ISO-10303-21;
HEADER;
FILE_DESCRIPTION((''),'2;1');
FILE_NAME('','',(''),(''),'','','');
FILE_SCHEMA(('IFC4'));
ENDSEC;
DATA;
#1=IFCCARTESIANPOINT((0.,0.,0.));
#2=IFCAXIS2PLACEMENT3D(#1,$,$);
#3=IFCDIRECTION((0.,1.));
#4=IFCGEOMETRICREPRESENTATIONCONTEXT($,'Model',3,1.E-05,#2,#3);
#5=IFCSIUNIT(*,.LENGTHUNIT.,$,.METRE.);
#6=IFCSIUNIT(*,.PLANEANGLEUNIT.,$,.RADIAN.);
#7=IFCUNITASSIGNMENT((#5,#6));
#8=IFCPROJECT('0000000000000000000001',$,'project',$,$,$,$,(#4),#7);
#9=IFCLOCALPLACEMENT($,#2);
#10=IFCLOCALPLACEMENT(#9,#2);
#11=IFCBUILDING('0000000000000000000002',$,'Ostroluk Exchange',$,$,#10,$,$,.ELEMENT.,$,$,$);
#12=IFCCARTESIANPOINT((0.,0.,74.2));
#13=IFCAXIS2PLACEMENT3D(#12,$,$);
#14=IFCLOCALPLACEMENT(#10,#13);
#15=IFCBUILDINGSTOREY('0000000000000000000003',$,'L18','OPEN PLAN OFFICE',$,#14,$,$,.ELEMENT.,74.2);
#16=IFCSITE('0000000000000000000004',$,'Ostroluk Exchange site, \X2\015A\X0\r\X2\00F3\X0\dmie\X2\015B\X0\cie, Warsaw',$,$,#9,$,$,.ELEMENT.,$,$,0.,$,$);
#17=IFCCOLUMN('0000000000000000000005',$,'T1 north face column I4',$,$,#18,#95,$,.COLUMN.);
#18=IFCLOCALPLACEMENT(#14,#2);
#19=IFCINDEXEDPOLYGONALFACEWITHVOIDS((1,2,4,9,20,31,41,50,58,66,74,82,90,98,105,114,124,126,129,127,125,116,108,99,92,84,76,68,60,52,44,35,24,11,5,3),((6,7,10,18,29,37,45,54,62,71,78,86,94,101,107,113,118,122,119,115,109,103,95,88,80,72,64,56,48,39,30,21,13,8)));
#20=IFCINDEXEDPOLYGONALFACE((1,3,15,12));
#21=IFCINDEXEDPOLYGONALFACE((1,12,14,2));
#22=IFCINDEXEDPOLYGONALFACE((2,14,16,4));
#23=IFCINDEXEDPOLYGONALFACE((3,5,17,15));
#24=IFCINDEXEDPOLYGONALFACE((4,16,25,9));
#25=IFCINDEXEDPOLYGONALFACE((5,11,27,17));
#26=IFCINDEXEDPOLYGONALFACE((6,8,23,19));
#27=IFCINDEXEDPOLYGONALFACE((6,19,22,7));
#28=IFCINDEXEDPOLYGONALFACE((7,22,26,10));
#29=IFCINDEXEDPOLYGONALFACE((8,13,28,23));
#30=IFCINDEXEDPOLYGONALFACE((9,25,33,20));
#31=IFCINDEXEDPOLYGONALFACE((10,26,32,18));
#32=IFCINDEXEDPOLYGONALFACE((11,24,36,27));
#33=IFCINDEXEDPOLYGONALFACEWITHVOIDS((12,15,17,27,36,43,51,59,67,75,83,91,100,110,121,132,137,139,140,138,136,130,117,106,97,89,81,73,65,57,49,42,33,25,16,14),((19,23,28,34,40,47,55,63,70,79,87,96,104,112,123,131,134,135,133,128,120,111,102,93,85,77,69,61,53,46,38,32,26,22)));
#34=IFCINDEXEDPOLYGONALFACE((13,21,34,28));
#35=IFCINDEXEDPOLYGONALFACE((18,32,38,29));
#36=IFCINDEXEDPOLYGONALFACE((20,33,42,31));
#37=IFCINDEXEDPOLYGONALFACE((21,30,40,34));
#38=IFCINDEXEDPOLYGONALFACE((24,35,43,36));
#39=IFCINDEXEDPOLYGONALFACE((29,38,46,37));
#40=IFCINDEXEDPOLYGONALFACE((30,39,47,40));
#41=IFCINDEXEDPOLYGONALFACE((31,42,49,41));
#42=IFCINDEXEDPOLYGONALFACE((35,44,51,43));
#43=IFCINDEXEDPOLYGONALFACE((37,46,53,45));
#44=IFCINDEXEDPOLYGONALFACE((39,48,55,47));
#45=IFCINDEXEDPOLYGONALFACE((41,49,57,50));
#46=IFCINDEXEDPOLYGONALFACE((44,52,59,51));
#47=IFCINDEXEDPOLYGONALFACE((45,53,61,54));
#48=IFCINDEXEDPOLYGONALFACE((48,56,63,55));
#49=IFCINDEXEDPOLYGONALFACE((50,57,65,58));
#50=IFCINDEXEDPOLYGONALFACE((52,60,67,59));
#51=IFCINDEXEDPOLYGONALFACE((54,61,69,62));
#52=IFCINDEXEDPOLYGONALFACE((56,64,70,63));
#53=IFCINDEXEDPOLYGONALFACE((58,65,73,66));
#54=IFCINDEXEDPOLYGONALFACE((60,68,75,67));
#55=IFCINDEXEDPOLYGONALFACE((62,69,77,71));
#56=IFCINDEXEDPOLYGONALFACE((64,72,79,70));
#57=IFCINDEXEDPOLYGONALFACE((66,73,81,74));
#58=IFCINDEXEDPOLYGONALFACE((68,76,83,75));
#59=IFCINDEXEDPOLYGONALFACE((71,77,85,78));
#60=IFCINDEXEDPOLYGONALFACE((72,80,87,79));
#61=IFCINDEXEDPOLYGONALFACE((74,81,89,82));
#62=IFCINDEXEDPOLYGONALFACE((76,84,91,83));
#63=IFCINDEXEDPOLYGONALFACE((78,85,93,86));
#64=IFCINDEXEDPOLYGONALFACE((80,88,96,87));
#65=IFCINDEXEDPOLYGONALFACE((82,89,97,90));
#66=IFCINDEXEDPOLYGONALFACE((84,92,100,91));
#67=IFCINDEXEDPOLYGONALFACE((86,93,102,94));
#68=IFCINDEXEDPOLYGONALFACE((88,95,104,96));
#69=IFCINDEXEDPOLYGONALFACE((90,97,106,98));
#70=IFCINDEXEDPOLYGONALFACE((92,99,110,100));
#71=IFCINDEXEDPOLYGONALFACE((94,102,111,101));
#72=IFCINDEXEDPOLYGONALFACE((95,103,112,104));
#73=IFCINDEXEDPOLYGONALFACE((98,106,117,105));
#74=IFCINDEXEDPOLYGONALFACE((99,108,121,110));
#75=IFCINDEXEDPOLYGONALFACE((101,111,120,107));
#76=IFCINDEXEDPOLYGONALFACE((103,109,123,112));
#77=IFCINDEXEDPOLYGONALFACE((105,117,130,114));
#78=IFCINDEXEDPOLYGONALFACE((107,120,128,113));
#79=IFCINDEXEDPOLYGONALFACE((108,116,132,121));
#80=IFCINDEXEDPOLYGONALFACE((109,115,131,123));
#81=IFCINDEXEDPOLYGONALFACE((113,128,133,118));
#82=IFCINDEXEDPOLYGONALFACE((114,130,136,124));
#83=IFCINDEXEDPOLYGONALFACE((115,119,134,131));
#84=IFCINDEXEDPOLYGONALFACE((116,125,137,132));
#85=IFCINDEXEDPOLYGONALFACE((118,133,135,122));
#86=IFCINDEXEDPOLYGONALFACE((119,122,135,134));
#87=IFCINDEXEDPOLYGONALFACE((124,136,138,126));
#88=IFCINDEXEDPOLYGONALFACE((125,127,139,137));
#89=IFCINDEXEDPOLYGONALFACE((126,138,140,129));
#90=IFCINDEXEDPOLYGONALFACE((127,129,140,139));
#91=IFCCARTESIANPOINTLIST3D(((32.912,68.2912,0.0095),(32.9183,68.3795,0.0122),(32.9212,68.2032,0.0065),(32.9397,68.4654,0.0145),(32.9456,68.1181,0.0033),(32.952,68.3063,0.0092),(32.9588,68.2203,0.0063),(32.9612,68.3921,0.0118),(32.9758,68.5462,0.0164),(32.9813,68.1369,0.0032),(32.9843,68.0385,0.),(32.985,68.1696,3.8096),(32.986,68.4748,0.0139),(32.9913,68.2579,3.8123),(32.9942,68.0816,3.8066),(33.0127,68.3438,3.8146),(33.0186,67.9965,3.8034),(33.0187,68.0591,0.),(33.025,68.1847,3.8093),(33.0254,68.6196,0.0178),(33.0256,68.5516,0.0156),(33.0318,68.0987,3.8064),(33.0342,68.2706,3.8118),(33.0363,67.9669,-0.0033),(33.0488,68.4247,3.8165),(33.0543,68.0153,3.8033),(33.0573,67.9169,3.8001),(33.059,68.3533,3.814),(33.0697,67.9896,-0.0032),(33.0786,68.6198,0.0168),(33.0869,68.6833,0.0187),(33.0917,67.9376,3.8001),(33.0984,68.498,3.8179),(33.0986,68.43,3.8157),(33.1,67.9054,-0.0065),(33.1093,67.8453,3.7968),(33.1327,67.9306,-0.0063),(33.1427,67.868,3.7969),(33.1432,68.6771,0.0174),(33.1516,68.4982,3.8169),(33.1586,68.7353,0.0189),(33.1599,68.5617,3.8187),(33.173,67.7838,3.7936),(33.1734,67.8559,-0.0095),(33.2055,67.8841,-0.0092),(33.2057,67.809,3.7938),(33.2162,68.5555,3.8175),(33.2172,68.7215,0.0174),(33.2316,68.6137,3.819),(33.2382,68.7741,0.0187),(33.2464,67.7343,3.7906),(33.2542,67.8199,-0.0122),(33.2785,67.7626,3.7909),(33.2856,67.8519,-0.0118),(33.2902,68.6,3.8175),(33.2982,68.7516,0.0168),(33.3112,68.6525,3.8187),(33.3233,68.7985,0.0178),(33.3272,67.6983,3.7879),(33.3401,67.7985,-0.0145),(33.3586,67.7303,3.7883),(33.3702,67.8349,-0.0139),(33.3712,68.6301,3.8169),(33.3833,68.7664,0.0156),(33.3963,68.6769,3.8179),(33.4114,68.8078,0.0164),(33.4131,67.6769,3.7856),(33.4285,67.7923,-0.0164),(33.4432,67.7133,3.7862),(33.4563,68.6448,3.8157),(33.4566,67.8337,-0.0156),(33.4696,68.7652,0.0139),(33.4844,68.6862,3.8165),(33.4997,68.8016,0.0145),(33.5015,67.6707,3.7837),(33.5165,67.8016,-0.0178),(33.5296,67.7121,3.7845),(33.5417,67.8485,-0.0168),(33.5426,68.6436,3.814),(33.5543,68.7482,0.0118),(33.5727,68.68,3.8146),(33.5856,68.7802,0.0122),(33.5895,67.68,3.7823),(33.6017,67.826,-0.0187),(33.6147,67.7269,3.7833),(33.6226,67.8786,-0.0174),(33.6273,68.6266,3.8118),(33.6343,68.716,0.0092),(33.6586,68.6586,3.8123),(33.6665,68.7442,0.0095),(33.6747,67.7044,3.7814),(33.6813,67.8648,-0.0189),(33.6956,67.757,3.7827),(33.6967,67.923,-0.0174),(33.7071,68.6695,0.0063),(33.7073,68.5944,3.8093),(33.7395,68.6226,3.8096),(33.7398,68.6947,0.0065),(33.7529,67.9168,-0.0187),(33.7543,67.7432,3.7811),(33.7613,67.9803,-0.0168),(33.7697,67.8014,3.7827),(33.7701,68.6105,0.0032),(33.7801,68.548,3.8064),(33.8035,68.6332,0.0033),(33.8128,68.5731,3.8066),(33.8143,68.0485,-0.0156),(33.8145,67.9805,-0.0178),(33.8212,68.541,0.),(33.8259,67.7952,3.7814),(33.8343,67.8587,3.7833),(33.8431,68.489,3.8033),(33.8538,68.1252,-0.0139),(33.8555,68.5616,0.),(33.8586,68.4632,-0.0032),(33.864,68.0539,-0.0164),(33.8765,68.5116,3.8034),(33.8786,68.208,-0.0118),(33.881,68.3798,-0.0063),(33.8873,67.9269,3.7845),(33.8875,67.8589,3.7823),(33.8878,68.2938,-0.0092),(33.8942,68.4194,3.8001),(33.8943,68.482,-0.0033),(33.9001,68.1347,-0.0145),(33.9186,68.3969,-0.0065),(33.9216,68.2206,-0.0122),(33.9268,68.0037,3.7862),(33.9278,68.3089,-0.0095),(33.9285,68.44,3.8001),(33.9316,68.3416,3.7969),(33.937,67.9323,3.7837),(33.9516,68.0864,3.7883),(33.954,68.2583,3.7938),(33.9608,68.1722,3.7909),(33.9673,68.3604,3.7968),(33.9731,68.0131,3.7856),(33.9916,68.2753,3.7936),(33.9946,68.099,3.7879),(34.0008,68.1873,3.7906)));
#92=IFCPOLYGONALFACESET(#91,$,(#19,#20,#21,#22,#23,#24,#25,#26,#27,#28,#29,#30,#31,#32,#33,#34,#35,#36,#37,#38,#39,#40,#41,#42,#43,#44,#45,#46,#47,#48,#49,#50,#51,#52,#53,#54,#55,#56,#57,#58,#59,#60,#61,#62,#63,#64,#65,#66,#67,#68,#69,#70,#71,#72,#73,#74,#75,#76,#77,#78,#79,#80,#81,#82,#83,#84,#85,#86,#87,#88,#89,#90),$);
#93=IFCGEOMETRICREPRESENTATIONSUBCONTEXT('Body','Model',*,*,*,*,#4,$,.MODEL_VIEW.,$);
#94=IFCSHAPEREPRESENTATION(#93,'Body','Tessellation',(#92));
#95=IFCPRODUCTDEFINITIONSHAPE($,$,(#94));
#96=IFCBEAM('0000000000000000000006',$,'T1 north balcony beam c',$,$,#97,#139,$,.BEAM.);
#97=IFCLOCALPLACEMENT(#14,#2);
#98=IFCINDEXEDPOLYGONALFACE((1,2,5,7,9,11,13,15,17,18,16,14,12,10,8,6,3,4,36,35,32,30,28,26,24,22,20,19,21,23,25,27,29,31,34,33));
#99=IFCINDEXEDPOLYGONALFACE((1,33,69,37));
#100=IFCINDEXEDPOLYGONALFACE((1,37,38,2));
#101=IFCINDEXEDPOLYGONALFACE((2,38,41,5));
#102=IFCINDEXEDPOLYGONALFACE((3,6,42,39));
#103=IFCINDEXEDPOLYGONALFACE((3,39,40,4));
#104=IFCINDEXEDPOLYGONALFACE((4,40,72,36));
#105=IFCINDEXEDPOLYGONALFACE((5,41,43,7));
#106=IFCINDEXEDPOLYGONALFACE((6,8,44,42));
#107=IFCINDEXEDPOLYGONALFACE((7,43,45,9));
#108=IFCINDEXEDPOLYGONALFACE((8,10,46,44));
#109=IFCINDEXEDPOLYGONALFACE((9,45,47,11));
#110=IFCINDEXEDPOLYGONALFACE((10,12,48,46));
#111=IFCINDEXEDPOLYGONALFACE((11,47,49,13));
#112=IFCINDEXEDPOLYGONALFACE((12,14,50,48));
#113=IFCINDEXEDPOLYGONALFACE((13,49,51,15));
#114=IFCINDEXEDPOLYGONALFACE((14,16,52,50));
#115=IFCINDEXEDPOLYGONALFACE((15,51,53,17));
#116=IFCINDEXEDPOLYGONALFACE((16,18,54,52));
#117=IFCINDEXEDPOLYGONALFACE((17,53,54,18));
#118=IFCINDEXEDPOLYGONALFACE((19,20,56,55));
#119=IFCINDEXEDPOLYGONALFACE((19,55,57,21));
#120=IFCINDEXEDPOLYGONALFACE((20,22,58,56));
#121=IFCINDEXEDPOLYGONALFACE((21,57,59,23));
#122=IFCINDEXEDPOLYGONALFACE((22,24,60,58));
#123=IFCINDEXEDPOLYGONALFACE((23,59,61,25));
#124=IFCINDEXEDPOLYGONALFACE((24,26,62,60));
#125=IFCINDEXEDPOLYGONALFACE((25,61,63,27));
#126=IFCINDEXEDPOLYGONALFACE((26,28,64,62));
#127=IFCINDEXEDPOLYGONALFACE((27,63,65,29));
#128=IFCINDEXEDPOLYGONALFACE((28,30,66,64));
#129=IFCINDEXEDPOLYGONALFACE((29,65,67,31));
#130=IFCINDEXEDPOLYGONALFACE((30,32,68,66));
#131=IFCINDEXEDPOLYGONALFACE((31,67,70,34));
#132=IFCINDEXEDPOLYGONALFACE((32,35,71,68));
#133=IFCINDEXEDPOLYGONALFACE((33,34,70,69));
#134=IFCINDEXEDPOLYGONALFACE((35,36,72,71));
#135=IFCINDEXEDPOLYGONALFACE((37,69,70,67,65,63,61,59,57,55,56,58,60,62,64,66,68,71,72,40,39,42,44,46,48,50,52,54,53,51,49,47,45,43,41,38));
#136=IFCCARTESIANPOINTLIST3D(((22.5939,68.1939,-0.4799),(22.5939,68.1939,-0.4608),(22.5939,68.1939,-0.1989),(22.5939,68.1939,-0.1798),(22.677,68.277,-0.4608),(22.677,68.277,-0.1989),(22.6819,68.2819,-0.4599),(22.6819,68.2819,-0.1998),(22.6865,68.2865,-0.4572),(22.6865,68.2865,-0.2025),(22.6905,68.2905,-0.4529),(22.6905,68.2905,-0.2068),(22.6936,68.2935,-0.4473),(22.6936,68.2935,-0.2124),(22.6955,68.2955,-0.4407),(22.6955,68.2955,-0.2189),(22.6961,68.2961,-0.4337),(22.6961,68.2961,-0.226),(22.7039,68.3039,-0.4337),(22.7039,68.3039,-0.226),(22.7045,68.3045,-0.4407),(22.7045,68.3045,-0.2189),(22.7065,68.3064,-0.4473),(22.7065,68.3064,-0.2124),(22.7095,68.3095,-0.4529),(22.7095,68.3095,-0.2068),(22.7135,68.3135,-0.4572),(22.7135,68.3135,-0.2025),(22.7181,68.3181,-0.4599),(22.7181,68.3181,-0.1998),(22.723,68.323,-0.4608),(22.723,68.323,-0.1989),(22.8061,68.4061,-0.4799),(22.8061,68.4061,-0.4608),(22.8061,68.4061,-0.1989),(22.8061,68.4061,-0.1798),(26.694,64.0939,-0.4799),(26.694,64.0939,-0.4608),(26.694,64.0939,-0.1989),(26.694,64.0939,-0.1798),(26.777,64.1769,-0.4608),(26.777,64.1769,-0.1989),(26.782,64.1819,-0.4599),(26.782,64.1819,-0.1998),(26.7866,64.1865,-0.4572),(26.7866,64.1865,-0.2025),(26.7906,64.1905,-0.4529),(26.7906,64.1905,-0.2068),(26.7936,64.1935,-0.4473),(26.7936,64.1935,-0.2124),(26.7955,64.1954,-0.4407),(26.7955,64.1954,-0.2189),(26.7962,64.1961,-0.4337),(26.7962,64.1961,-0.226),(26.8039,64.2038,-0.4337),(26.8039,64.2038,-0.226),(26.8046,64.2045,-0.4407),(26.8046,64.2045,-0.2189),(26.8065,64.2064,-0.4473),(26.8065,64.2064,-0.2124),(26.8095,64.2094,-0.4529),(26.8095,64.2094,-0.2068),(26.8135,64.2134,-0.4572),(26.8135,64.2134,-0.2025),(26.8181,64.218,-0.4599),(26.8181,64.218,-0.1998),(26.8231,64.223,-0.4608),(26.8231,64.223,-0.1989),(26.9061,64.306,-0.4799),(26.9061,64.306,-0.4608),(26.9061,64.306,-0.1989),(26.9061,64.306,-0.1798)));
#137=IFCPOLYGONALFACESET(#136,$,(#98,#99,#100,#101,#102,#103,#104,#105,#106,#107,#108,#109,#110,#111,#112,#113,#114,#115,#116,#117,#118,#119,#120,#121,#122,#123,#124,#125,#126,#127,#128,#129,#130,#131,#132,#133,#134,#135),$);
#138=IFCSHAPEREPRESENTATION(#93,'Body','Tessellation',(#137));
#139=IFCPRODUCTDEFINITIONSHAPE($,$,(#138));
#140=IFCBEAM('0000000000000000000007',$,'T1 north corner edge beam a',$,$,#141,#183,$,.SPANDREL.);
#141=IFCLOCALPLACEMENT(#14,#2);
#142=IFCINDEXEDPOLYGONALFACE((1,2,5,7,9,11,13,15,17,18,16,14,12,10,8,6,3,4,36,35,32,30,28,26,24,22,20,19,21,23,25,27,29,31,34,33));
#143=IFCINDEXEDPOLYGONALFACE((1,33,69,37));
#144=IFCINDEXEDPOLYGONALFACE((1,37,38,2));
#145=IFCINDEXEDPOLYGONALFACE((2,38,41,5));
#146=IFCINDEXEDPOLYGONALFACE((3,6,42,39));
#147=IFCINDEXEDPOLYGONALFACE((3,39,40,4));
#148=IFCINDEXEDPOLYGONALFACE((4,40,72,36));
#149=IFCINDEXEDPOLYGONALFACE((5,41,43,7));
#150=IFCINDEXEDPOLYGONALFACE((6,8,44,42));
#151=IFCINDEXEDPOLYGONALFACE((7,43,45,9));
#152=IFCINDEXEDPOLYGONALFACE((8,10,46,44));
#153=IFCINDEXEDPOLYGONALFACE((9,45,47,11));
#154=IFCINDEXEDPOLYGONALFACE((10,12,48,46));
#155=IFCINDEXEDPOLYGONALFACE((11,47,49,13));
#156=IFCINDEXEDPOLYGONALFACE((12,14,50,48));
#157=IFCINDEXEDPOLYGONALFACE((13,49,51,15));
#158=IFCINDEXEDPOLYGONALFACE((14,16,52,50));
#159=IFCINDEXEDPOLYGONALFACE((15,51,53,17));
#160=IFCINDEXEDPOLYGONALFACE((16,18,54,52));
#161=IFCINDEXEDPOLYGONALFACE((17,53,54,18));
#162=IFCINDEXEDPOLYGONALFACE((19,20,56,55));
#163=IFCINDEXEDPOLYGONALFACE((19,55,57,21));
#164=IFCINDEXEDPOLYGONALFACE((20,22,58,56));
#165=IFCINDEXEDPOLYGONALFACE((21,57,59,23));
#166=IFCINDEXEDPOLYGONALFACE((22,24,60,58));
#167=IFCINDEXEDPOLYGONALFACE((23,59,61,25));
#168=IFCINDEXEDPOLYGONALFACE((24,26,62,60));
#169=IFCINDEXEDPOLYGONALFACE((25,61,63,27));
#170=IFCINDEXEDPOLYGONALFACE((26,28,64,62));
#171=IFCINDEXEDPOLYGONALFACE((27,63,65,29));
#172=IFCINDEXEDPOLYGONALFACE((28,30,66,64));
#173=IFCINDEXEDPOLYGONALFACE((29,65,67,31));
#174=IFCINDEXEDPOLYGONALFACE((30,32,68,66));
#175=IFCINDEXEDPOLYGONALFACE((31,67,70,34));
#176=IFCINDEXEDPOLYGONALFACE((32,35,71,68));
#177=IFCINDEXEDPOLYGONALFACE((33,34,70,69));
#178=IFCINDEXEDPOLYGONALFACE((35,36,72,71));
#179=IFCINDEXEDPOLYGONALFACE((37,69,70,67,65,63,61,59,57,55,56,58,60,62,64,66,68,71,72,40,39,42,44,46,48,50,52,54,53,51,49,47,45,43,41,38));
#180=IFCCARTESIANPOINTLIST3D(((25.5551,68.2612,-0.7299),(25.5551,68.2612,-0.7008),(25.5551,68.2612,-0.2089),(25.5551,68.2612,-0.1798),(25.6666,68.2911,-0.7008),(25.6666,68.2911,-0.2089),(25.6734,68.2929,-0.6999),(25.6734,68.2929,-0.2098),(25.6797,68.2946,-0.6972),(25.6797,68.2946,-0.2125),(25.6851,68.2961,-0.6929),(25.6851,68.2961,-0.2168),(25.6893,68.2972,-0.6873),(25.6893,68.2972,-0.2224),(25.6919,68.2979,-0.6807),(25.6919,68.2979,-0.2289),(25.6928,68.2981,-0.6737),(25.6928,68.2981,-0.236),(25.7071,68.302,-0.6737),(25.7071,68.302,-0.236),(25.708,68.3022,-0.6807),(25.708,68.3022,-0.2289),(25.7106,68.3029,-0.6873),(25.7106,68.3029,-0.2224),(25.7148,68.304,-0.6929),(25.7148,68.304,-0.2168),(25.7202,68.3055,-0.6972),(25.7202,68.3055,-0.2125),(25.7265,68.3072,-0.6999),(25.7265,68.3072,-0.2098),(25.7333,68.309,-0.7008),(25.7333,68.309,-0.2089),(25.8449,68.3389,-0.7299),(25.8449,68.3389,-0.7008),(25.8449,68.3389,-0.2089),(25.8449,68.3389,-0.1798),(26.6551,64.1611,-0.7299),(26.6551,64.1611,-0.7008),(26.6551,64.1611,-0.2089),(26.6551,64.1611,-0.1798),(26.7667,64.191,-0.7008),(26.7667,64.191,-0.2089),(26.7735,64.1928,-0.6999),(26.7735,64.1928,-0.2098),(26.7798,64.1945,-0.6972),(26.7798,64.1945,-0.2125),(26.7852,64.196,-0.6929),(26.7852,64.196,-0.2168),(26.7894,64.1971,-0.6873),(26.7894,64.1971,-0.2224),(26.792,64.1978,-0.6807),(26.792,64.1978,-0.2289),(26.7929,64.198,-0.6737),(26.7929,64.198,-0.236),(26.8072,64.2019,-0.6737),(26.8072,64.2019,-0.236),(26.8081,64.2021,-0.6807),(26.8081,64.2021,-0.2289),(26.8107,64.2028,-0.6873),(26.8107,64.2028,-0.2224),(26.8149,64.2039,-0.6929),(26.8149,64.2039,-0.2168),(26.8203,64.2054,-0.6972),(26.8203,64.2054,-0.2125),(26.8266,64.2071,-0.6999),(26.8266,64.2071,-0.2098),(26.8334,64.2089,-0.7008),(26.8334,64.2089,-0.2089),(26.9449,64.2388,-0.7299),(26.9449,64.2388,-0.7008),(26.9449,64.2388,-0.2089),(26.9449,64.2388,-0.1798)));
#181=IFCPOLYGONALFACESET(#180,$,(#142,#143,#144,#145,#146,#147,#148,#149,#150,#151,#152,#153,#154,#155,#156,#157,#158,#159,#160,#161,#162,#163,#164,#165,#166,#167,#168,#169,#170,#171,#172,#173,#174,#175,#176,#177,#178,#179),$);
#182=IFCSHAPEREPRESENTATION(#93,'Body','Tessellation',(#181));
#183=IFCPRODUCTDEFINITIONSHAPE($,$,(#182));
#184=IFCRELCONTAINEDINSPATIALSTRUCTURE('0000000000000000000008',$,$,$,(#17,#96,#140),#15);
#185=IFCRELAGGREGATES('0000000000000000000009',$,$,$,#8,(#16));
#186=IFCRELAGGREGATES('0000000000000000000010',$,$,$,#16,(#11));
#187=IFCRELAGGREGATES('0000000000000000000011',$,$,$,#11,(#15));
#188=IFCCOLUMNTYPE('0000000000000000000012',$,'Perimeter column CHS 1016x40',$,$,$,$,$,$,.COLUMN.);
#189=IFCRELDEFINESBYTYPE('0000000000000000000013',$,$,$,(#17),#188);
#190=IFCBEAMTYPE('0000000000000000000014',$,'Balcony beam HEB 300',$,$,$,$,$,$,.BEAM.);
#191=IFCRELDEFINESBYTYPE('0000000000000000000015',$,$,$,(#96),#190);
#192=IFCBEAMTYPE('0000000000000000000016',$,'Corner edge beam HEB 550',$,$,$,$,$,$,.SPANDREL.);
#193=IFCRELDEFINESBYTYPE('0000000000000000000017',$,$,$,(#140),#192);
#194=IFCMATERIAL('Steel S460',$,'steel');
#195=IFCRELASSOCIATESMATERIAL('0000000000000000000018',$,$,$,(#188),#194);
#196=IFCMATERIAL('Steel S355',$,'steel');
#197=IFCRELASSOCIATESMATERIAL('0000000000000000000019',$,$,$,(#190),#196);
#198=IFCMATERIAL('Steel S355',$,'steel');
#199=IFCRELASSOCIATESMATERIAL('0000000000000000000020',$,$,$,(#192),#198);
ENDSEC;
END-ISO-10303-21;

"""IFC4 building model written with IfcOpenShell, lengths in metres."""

from ifc_helpers import new_model, si_unit, direction, frame, origin, origin_2d, place, context, subcontext, project, spatial, hollow_circle, i_section, extrude, material, material_profile, profile_set, type_object, element, save


model = new_model("IFC4")

# Units and contexts
model_context = context("Model", 3, precision=1e-05, world=origin(), true_north=direction((0.0, 1.0)))
body_context = subcontext(model_context, "Body", "Model", "MODEL_VIEW")
ifc_project = project(units=[si_unit("LENGTHUNIT", "METRE"), si_unit("PLANEANGLEUNIT", "RADIAN")], contexts=[model_context])

# Site, building, storey
site_placement = place(None, origin())
site = spatial("IfcSite", under=ifc_project, at=site_placement, Name="Ostroluk Exchange site, Śródmieście, Warsaw", CompositionType="ELEMENT", RefElevation=0.0)
building_placement = place(site_placement, origin())
building = spatial("IfcBuilding", under=site, at=building_placement, Name="Ostroluk Exchange", CompositionType="ELEMENT")
storey_placement = place(building_placement, frame((0.0, 0.0, 74.2)))
storey = spatial("IfcBuildingStorey", under=building, at=storey_placement, Name="L18", Description="OPEN PLAN OFFICE", CompositionType="ELEMENT", Elevation=74.2)

# Column
ifc_material_1 = material(Name="Steel S460", Category="steel")
ifc_material_profile_1 = material_profile(ifc_material_1, hollow_circle(Radius=0.5081, WallThickness=0.04, at=origin_2d()), Name="CHS 1016x40")
ifc_profile_set_1 = profile_set([ifc_material_profile_1], Name="Steel S460")
column_type = type_object("IfcColumnType", Name="Perimeter column CHS 1016x40", PredefinedType="COLUMN", material=ifc_profile_set_1)
column_placement = place(storey_placement, frame((33.4199, 68.3, 0.0), z_axis=(0.019196, -0.031973, 0.999304), x_axis=(0.857341, 0.514749, 0.0)))
element("IfcColumn", 1, at=column_placement, inside=storey, type_object=column_type, Name="T1 north face column I4", PredefinedType="COLUMN", context=body_context, shape_type="SweptSolid", body=[
    extrude(hollow_circle(Radius=0.5081, WallThickness=0.04, at=origin_2d()), origin(), (0.0, 0.0, 1.0), 3.8027),
])

# Beams
ifc_material_2 = material(Name="Steel S355", Category="steel")
ifc_material_profile_2 = material_profile(ifc_material_2, i_section(OverallWidth=0.3, OverallDepth=0.3, WebThickness=0.011, FlangeThickness=0.019, FilletRadius=0.0271, at=origin_2d()), Name="HEB 300")
ifc_profile_set_2 = profile_set([ifc_material_profile_2], Name="Steel S355")
beam_type_1 = type_object("IfcBeamType", Name="Balcony beam HEB 300", PredefinedType="BEAM", material=ifc_profile_set_2)
beam_1_placement = place(storey_placement, frame((26.8, 64.2, -0.3298), z_axis=(-0.707107, 0.707107, 0.0), x_axis=(-0.707107, -0.707107, 0.0)))
element("IfcBeam", 2, at=beam_1_placement, inside=storey, type_object=beam_type_1, Name="T1 north balcony beam c", PredefinedType="BEAM", context=body_context, shape_type="SweptSolid", body=[
    extrude(i_section(OverallWidth=0.3, OverallDepth=0.3, WebThickness=0.011, FlangeThickness=0.019, FilletRadius=0.0271, at=origin_2d()), origin(), (0.0, 0.0, 1.0), 5.7983),
])
ifc_material_3 = material(Name="Steel S355", Category="steel")
ifc_material_profile_3 = material_profile(ifc_material_3, i_section(OverallWidth=0.3, OverallDepth=0.55, WebThickness=0.0149, FlangeThickness=0.0291, FilletRadius=0.0271, at=origin_2d()), Name="HEB 550")
ifc_profile_set_3 = profile_set([ifc_material_profile_3], Name="Steel S355")
beam_type_2 = type_object("IfcBeamType", Name="Corner edge beam HEB 550", PredefinedType="SPANDREL", material=ifc_profile_set_3)
for number, where, z_axis, x_axis, name in (
    (3, (26.8, 64.2, -0.4548), (-0.259144, 0.965839, 0.0), (-0.965839, -0.259144, 0.0), "T1 north corner edge beam a"),
):
    element("IfcBeam", number, at=place(storey_placement, frame(where, z_axis=z_axis, x_axis=x_axis)), inside=storey, type_object=beam_type_2, Name=name, PredefinedType="SPANDREL", context=body_context, shape_type="SweptSolid", body=[
        extrude(i_section(OverallWidth=0.3, OverallDepth=0.55, WebThickness=0.0149, FlangeThickness=0.0291, FilletRadius=0.0271, at=origin_2d()), origin(), (0.0, 0.0, 1.0), 4.2451),
    ])

save(model, "model.ifc")
